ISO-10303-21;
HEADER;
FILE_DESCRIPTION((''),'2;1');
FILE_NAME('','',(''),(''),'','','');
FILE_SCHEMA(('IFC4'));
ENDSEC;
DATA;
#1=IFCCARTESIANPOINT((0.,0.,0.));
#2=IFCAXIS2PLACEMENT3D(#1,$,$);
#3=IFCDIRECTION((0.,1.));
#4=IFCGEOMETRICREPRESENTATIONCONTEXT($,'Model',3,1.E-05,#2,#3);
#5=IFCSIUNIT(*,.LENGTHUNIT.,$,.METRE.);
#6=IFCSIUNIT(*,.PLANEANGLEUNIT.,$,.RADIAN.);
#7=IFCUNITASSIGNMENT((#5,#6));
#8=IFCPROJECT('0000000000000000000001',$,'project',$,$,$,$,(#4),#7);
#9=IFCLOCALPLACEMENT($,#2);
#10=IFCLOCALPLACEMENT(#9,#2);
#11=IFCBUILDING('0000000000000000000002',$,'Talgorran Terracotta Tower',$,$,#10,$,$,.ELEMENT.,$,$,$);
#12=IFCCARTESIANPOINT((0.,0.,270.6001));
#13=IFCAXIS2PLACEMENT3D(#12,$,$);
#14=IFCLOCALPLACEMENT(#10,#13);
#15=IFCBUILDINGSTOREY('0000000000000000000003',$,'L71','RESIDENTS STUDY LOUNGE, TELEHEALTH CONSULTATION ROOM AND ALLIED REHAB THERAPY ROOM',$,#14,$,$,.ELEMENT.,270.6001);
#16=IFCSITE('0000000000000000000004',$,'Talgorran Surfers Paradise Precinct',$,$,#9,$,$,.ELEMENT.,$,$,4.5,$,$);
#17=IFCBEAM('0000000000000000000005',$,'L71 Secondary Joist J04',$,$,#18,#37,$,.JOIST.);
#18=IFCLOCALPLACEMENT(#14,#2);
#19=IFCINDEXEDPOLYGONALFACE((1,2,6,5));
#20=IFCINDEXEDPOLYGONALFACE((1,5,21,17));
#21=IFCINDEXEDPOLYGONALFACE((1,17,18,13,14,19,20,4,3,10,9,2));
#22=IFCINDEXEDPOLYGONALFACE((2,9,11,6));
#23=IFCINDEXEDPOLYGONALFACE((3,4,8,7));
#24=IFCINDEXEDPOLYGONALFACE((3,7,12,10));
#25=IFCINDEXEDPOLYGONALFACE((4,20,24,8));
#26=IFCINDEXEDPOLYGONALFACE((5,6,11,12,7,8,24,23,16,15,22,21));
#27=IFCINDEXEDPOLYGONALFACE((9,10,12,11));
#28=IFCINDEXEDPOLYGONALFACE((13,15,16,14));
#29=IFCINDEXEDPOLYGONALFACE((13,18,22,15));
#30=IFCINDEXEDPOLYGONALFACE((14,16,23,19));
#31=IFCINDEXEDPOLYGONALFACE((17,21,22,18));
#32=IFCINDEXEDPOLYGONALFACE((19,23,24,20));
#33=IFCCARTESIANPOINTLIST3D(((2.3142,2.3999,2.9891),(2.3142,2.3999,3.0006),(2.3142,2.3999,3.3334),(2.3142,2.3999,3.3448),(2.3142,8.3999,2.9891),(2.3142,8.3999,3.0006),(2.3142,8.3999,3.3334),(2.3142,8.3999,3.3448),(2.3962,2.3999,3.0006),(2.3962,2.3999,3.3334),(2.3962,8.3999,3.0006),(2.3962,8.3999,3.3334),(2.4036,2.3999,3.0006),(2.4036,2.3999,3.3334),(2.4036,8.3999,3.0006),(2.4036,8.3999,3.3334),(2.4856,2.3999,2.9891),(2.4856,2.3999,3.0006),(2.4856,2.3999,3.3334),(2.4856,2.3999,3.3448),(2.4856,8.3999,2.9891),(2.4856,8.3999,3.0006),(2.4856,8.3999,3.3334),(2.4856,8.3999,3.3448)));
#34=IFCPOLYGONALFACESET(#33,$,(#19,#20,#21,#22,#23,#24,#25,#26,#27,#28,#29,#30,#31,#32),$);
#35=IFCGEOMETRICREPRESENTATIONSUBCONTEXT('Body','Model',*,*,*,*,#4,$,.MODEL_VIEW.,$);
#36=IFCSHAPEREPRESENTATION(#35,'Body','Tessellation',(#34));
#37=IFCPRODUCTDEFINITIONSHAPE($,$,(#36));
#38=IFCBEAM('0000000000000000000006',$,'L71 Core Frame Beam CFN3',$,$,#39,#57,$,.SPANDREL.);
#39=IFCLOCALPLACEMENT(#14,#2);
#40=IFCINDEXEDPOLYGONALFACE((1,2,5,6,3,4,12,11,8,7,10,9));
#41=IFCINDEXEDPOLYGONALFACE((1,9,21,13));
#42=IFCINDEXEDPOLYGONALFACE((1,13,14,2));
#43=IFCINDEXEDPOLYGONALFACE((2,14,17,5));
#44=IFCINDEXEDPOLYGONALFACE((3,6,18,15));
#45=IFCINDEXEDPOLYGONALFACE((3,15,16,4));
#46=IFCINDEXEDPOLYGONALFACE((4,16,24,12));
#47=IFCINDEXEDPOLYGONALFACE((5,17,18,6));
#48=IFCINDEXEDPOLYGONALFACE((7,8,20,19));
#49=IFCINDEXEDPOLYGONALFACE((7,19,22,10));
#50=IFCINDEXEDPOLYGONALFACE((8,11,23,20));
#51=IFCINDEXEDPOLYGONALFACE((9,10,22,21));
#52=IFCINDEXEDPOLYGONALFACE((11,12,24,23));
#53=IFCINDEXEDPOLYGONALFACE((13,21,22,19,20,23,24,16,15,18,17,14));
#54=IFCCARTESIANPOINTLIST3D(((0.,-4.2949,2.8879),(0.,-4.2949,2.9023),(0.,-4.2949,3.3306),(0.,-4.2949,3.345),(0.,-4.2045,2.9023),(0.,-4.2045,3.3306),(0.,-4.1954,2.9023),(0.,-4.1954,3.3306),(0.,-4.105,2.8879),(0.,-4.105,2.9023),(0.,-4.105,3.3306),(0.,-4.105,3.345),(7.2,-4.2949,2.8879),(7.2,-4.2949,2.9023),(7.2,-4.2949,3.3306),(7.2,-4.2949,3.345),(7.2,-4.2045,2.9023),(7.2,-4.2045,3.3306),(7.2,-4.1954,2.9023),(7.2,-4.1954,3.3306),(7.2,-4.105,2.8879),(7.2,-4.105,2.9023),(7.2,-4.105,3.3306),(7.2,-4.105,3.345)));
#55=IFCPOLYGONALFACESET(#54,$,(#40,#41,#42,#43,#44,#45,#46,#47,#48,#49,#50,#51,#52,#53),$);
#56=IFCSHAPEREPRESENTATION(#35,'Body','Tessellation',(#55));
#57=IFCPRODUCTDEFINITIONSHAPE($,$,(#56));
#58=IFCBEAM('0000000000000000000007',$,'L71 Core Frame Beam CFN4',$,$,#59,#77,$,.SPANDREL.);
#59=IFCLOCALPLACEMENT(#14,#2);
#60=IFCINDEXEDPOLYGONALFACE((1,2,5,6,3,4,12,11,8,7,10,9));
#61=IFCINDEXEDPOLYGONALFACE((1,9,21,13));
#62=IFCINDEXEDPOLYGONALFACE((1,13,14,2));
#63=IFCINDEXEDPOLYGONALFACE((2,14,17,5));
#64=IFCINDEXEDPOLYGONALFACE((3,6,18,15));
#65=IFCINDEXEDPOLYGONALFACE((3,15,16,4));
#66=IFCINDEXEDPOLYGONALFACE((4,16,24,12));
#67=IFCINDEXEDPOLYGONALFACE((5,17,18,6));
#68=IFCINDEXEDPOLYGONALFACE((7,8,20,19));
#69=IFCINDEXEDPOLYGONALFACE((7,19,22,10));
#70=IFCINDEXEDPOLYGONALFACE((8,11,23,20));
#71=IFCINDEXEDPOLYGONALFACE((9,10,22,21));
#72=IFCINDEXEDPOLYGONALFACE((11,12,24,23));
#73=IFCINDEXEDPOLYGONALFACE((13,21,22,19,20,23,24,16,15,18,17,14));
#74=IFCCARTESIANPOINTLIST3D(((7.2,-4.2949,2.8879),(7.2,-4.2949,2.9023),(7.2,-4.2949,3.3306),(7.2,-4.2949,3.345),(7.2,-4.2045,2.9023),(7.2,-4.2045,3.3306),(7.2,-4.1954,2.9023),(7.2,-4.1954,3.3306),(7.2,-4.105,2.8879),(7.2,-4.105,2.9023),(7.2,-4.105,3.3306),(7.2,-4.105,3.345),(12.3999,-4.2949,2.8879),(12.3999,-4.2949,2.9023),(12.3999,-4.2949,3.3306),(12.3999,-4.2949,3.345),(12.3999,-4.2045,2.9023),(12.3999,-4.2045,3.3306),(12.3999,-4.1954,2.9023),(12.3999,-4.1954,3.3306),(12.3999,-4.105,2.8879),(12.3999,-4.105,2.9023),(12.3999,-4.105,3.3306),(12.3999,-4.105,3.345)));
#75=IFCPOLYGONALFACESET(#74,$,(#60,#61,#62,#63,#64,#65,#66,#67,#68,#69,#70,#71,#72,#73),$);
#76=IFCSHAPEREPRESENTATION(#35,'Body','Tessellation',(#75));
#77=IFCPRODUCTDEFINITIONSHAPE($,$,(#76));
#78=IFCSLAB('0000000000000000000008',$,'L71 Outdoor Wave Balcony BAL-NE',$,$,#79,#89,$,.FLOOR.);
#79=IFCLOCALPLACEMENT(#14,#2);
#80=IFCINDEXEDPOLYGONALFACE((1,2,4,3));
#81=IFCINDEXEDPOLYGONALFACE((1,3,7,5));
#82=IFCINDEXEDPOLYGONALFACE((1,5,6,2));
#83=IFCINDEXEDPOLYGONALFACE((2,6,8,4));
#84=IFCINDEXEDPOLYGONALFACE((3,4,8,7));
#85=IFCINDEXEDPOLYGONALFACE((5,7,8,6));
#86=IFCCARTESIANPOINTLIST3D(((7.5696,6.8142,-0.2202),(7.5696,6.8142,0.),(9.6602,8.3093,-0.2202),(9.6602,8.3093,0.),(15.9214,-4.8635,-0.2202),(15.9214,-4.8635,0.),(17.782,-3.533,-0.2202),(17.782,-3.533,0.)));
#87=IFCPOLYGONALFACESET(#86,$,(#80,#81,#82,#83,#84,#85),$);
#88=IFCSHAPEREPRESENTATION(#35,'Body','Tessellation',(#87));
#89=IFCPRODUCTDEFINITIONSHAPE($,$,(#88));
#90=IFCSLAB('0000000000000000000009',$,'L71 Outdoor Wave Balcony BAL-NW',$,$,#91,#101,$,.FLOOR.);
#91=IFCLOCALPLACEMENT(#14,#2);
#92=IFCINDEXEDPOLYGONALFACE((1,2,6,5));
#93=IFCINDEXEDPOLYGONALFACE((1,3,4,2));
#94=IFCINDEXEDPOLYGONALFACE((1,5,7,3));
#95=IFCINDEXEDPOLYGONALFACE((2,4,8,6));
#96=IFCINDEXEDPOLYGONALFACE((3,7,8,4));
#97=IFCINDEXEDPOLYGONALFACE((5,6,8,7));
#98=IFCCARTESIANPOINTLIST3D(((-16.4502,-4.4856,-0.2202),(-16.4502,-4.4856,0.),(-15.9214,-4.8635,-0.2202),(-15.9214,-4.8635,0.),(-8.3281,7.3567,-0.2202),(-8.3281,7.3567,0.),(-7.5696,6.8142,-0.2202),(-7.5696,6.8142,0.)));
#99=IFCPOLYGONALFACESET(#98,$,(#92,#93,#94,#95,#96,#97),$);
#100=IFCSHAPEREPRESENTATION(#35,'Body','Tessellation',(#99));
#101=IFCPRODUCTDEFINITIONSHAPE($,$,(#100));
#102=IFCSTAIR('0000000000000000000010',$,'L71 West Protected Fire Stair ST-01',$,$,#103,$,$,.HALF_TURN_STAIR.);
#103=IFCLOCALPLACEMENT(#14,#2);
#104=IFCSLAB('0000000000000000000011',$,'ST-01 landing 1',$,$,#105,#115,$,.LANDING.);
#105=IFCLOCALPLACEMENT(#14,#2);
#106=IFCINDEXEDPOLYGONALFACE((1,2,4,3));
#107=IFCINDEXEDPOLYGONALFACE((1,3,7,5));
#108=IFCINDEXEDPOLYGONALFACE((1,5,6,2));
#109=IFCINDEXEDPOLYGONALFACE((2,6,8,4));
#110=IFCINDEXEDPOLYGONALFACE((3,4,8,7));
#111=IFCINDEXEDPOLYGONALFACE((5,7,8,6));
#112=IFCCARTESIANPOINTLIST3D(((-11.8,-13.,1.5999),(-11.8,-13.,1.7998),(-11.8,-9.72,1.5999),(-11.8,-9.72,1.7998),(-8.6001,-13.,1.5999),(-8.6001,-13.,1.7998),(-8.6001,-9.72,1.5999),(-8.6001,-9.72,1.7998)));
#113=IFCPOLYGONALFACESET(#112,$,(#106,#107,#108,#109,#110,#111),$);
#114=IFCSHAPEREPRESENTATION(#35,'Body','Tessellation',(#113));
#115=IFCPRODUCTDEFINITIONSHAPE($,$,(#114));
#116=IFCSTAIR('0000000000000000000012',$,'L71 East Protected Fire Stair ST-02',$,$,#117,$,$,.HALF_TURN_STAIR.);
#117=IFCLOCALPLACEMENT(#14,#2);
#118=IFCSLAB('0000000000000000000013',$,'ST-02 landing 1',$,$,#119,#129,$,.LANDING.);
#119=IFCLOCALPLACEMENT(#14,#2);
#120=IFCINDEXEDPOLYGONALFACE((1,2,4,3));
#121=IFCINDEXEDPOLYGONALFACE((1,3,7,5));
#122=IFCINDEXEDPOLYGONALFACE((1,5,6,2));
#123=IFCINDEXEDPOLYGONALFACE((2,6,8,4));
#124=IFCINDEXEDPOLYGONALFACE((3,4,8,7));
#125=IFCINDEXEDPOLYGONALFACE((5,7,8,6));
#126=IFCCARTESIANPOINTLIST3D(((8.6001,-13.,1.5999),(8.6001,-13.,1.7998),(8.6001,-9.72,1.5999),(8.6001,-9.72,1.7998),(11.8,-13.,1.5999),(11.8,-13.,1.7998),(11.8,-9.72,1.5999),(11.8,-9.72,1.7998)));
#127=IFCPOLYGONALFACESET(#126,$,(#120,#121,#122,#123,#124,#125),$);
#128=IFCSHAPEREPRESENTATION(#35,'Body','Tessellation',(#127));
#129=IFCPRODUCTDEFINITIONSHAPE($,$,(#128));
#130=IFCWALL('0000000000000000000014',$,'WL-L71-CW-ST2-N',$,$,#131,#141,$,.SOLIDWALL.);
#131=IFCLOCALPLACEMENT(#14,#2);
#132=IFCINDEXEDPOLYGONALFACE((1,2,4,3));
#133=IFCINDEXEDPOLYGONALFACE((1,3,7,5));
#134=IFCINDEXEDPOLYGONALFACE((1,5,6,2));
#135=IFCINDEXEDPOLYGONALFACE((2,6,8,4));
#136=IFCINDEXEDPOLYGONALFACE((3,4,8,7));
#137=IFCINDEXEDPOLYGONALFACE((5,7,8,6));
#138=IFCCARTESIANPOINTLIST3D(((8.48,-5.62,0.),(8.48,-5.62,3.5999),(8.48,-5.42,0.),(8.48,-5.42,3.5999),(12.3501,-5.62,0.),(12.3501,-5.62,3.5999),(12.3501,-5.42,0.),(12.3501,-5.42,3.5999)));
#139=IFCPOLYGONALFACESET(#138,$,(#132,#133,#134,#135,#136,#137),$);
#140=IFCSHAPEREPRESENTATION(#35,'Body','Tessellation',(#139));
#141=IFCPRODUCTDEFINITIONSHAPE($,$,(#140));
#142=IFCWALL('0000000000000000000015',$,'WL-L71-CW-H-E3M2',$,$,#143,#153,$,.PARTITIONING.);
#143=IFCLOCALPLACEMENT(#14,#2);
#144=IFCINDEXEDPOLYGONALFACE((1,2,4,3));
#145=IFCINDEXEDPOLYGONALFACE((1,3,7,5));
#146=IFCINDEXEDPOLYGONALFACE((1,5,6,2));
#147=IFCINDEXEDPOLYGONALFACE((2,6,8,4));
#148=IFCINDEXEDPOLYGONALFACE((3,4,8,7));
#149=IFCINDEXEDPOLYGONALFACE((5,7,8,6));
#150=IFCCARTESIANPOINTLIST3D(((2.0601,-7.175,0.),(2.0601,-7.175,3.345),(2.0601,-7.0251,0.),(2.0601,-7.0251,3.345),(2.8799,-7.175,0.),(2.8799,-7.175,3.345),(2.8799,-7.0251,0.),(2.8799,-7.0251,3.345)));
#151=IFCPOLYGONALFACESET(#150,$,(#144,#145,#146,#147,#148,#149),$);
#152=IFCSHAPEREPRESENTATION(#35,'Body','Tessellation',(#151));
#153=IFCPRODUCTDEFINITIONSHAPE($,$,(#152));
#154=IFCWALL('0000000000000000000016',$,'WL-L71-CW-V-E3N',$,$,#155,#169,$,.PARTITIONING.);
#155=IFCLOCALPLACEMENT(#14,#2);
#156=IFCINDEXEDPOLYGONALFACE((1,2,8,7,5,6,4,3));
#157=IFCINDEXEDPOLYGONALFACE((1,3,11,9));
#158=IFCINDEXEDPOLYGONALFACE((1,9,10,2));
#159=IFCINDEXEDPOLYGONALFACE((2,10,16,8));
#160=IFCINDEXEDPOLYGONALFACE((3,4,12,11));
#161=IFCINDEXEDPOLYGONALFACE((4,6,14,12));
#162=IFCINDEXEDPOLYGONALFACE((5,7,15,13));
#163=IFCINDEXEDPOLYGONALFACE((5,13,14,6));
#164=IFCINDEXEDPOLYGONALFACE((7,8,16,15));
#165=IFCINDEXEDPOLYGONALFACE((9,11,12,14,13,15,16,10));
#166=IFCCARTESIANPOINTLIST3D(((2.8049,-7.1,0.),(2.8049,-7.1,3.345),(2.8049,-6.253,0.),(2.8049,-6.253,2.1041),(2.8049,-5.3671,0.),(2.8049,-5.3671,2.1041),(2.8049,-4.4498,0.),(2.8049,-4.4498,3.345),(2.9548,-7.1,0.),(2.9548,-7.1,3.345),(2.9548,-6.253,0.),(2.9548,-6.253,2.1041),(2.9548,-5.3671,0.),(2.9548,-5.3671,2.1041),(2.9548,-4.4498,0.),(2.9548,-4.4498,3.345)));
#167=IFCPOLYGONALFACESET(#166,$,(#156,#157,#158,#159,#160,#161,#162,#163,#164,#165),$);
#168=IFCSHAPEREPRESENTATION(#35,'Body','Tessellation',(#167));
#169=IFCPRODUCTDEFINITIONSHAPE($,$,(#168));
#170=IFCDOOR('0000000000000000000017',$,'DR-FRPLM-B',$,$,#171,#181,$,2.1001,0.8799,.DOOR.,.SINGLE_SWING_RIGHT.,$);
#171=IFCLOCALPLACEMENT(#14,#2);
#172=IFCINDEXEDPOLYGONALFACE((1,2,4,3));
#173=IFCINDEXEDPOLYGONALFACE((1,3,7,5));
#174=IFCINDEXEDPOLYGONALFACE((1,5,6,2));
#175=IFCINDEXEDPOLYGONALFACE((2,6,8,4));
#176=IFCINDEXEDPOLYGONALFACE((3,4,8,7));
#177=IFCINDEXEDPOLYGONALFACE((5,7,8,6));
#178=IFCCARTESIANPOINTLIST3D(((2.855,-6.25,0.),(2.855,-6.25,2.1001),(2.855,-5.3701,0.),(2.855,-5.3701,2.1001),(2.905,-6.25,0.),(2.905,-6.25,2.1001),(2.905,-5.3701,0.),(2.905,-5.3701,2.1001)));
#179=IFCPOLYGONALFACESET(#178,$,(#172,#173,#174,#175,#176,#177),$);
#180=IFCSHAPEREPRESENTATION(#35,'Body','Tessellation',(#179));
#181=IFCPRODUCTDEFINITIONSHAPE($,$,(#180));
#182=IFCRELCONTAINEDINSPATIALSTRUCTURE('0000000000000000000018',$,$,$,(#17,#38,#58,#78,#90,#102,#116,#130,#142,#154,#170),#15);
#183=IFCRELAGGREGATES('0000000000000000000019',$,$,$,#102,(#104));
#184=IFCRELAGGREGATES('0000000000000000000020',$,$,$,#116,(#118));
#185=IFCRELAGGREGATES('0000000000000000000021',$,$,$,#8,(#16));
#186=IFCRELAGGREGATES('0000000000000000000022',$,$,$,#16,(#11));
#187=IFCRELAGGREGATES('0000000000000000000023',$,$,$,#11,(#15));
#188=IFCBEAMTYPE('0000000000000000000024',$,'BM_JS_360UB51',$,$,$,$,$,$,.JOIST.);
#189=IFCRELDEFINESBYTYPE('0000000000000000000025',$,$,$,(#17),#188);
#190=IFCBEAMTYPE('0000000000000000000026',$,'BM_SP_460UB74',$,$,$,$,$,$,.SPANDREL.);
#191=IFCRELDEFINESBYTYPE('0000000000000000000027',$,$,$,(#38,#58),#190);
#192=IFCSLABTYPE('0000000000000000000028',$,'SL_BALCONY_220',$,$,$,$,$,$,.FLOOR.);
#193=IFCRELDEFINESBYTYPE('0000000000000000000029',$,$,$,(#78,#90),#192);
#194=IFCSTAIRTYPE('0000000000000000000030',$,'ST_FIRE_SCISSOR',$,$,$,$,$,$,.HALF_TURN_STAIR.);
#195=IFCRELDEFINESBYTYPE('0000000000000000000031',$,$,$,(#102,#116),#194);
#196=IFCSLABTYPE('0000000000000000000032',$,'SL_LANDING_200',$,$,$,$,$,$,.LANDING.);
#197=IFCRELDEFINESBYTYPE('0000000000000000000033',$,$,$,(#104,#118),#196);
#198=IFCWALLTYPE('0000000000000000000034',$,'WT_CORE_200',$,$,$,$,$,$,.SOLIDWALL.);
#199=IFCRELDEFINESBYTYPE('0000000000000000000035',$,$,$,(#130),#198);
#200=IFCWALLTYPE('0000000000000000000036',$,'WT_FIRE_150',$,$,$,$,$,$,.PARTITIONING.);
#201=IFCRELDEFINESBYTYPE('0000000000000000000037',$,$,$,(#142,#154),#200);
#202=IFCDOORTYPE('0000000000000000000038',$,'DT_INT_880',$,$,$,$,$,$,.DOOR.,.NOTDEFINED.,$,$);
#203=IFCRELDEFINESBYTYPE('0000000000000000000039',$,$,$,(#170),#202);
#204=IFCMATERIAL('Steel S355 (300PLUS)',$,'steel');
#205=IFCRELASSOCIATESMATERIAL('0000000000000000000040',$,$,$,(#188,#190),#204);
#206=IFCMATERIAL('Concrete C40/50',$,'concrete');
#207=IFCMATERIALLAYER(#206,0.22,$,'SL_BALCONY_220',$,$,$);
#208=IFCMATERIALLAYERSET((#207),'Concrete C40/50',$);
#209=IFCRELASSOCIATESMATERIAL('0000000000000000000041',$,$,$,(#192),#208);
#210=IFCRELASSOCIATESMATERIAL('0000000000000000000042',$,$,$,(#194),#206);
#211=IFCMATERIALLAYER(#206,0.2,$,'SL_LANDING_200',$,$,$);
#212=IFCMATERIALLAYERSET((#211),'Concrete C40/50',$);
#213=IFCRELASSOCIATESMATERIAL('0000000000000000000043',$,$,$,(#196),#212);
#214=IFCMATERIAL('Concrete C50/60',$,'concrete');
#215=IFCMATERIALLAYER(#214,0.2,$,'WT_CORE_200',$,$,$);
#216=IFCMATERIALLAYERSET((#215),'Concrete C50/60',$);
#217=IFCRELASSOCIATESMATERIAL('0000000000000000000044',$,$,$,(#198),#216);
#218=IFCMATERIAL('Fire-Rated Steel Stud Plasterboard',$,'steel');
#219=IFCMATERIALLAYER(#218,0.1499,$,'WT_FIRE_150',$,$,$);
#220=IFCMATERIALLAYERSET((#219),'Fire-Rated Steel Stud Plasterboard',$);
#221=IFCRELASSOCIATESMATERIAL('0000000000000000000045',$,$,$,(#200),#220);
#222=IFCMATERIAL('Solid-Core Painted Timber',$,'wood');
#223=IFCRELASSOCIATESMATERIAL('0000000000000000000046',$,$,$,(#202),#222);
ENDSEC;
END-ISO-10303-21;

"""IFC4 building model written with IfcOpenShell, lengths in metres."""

from ifc_helpers import new_model, si_unit, direction, frame, frame_2d, origin, origin_2d, place, context, subcontext, project, spatial, polyline, rectangle, i_section, outline, extrude, material, layer, layer_set, material_profile, profile_set, type_object, element, fill, aggregate, save


model = new_model("IFC4")

# Units and contexts
model_context = context("Model", 3, precision=1e-05, world=origin(), true_north=direction((0.0, 1.0)))
body_context = subcontext(model_context, "Body", "Model", "MODEL_VIEW")
ifc_project = project(units=[si_unit("LENGTHUNIT", "METRE"), si_unit("PLANEANGLEUNIT", "RADIAN")], contexts=[model_context])

# Site, building, storey
site_placement = place(None, origin())
site = spatial("IfcSite", under=ifc_project, at=site_placement, Name="Talgorran Surfers Paradise Precinct", CompositionType="ELEMENT", RefElevation=4.5)
building_placement = place(site_placement, origin())
building = spatial("IfcBuilding", under=site, at=building_placement, Name="Talgorran Terracotta Tower", CompositionType="ELEMENT")
storey_placement = place(building_placement, frame((0.0, 0.0, 270.6001)))
storey = spatial("IfcBuildingStorey", under=building, at=storey_placement, Name="L71", Description="RESIDENTS STUDY LOUNGE, TELEHEALTH CONSULTATION ROOM AND ALLIED REHAB THERAPY ROOM", CompositionType="ELEMENT", Elevation=270.6001)

# Shared definitions
ifc_material_1 = material(Name="Steel S355 (300PLUS)", Category="steel")

# Beams
ifc_material_profile_1 = material_profile(ifc_material_1, i_section(OverallWidth=0.1714, OverallDepth=0.3557, WebThickness=0.0073, FlangeThickness=0.0115, at=origin_2d()), Name="360UB50.7")
ifc_profile_set_1 = profile_set([ifc_material_profile_1], Name="Steel S355 (300PLUS)")
beam_type_1 = type_object("IfcBeamType", Name="BM_JS_360UB51", PredefinedType="JOIST", material=ifc_profile_set_1)
beam_1_placement = place(storey_placement, frame((2.3999, 2.3999, 3.167), z_axis=(0.0, 1.0, 0.0), x_axis=(-1.0, 0.0, 0.0)))
element("IfcBeam", 1, at=beam_1_placement, inside=storey, type_object=beam_type_1, Name="L71 Secondary Joist J04", PredefinedType="JOIST", context=body_context, shape_type="SweptSolid", body=[
    extrude(i_section(OverallWidth=0.1714, OverallDepth=0.3557, WebThickness=0.0073, FlangeThickness=0.0115, at=origin_2d()), origin(), (0.0, 0.0, 1.0), 6.0),
])
ifc_material_profile_2 = material_profile(ifc_material_1, i_section(OverallWidth=0.1899, OverallDepth=0.457, WebThickness=0.009, FlangeThickness=0.0144, at=origin_2d()), Name="460UB74.6")
ifc_profile_set_2 = profile_set([ifc_material_profile_2], Name="Steel S355 (300PLUS)")
beam_type_2 = type_object("IfcBeamType", Name="BM_SP_460UB74", PredefinedType="SPANDREL", material=ifc_profile_set_2)
beam_2_placement = place(storey_placement, frame((0.0, -4.2, 3.1165), z_axis=(1.0, 0.0, 0.0), x_axis=(0.0, 1.0, 0.0)))
element("IfcBeam", 2, at=beam_2_placement, inside=storey, type_object=beam_type_2, Name="L71 Core Frame Beam CFN3", PredefinedType="SPANDREL", context=body_context, shape_type="SweptSolid", body=[
    extrude(i_section(OverallWidth=0.1899, OverallDepth=0.457, WebThickness=0.009, FlangeThickness=0.0144, at=origin_2d()), origin(), (0.0, 0.0, 1.0), 7.2),
])
beam_3_placement = place(storey_placement, frame((7.2, -4.2, 3.1165), z_axis=(1.0, 0.0, 0.0), x_axis=(0.0, 1.0, 0.0)))
element("IfcBeam", 3, at=beam_3_placement, inside=storey, type_object=beam_type_2, Name="L71 Core Frame Beam CFN4", PredefinedType="SPANDREL", context=body_context, shape_type="SweptSolid", body=[
    extrude(i_section(OverallWidth=0.1899, OverallDepth=0.457, WebThickness=0.009, FlangeThickness=0.0144, at=origin_2d()), origin(), (0.0, 0.0, 1.0), 5.2),
])

# Slabs
ifc_material_2 = material(Name="Concrete C40/50", Category="concrete")
ifc_layer_1 = layer(ifc_material_2, 0.22, Name="SL_BALCONY_220")
ifc_layer_set_1 = layer_set([ifc_layer_1], Name="Concrete C40/50")
slab_type_1 = type_object("IfcSlabType", Name="SL_BALCONY_220", PredefinedType="FLOOR", material=ifc_layer_set_1)
slab_1_placement = place(storey_placement, frame((0.0, 0.0, -0.2202)))
element("IfcSlab", 4, at=slab_1_placement, inside=storey, type_object=slab_type_1, Name="L71 Outdoor Wave Balcony BAL-NE", PredefinedType="FLOOR", context=body_context, shape_type="SweptSolid", body=[
    extrude(outline(polyline([(7.5696, 6.8142), (15.9214, -4.8635), (17.782, -3.533), (9.6602, 8.3093), (7.5696, 6.8142)])), origin(), (0.0, 0.0, 1.0), 0.2202),
])
slab_2_placement = place(storey_placement, frame((0.0, 0.0, -0.2202)))
element("IfcSlab", 5, at=slab_2_placement, inside=storey, type_object=slab_type_1, Name="L71 Outdoor Wave Balcony BAL-NW", PredefinedType="FLOOR", context=body_context, shape_type="SweptSolid", body=[
    extrude(outline(polyline([(-15.9214, -4.8635), (-7.5696, 6.8142), (-8.3281, 7.3567), (-16.4502, -4.4856), (-15.9214, -4.8635)])), origin(), (0.0, 0.0, 1.0), 0.2202),
])

# Stairs, slabs
stair_type = type_object("IfcStairType", Name="ST_FIRE_SCISSOR", PredefinedType="HALF_TURN_STAIR", material=ifc_material_2)
stair_1_placement = place(storey_placement, origin())
stair_1 = element("IfcStair", 6, at=stair_1_placement, inside=storey, type_object=stair_type, Name="L71 West Protected Fire Stair ST-01", PredefinedType="HALF_TURN_STAIR")
ifc_layer_2 = layer(ifc_material_2, 0.2, Name="SL_LANDING_200")
ifc_layer_set_2 = layer_set([ifc_layer_2], Name="Concrete C40/50")
slab_type_2 = type_object("IfcSlabType", Name="SL_LANDING_200", PredefinedType="LANDING", material=ifc_layer_set_2)
slab_3_placement = place(storey_placement, frame((0.0, 0.0, 1.5999)))
slab_3 = element("IfcSlab", 7, at=slab_3_placement, type_object=slab_type_2, Name="ST-01 landing 1", PredefinedType="LANDING", context=body_context, shape_type="SweptSolid", body=[
    extrude(outline(polyline([(-11.8, -9.72), (-11.8, -13.0), (-8.6001, -13.0), (-8.6001, -9.72), (-11.8, -9.72)])), origin(), (0.0, 0.0, 1.0), 0.2),
])
aggregate(stair_1, [slab_3])
stair_2_placement = place(storey_placement, origin())
stair_2 = element("IfcStair", 8, at=stair_2_placement, inside=storey, type_object=stair_type, Name="L71 East Protected Fire Stair ST-02", PredefinedType="HALF_TURN_STAIR")
slab_4_placement = place(storey_placement, frame((0.0, 0.0, 1.5999)))
slab_4 = element("IfcSlab", 9, at=slab_4_placement, type_object=slab_type_2, Name="ST-02 landing 1", PredefinedType="LANDING", context=body_context, shape_type="SweptSolid", body=[
    extrude(outline(polyline([(8.6001, -9.72), (8.6001, -13.0), (11.8, -13.0), (11.8, -9.72), (8.6001, -9.72)])), origin(), (0.0, 0.0, 1.0), 0.2),
])
aggregate(stair_2, [slab_4])

# Walls
ifc_material_3 = material(Name="Concrete C50/60", Category="concrete")
ifc_layer_3 = layer(ifc_material_3, 0.2, Name="WT_CORE_200")
ifc_layer_set_3 = layer_set([ifc_layer_3], Name="Concrete C50/60")
wall_type_1 = type_object("IfcWallType", Name="WT_CORE_200", PredefinedType="SOLIDWALL", material=ifc_layer_set_3)
wall_1_placement = place(storey_placement, frame((8.48, -5.52, 0.0), z_axis=(0.0, 0.0, 1.0), x_axis=(1.0, 0.0, 0.0)))
element("IfcWall", 10, at=wall_1_placement, inside=storey, type_object=wall_type_1, Name="WL-L71-CW-ST2-N", PredefinedType="SOLIDWALL", context=body_context, shape_type="SweptSolid", body=[
    extrude(rectangle(XDim=3.8701, YDim=0.2, at=frame_2d((1.9351, 0.0))), origin(), (0.0, 0.0, 1.0), 3.5999),
])
ifc_material_4 = material(Name="Fire-Rated Steel Stud Plasterboard", Category="steel")
ifc_layer_4 = layer(ifc_material_4, 0.1499, Name="WT_FIRE_150")
ifc_layer_set_4 = layer_set([ifc_layer_4], Name="Fire-Rated Steel Stud Plasterboard")
wall_type_2 = type_object("IfcWallType", Name="WT_FIRE_150", PredefinedType="PARTITIONING", material=ifc_layer_set_4)
wall_2_placement = place(storey_placement, frame((2.0601, -7.1001, 0.0), z_axis=(0.0, 0.0, 1.0), x_axis=(1.0, 0.0, 0.0)))
element("IfcWall", 11, at=wall_2_placement, inside=storey, type_object=wall_type_2, Name="WL-L71-CW-H-E3M2", PredefinedType="PARTITIONING", context=body_context, shape_type="SweptSolid", body=[
    extrude(rectangle(XDim=0.8198, YDim=0.1499, at=frame_2d((0.4099, 0.0))), origin(), (0.0, 0.0, 1.0), 3.345),
])

# Wall, opening, door
wall_3_placement = place(storey_placement, frame((2.8799, -7.1001, 0.0), z_axis=(0.0, 0.0, 1.0), x_axis=(0.0, 1.0, 0.0)))
wall_3 = element("IfcWall", 12, at=wall_3_placement, inside=storey, type_object=wall_type_2, Name="WL-L71-CW-V-E3N", PredefinedType="PARTITIONING", context=body_context, shape_type="SweptSolid", body=[
    extrude(rectangle(XDim=2.6501, YDim=0.1499, at=frame_2d((1.3252, 0.0))), origin(), (0.0, 0.0, 1.0), 3.345),
])
opening_placement = place(wall_3_placement, frame((0.8501, 0.0, 0.0)))
opening = element("IfcOpeningElement", 13, at=opening_placement, cuts=wall_3, PredefinedType="OPENING", context=body_context, shape_type="SweptSolid", body=[
    extrude(rectangle(XDim=0.8859, YDim=2.1041, at=frame_2d((0.4399, 1.052))), frame((0.0, 0.085, 0.0), z_axis=(0.0, -1.0, 0.0), x_axis=(1.0, 0.0, 0.0)), (0.0, 0.0, 1.0), 0.1699),
])
ifc_material_5 = material(Name="Solid-Core Painted Timber", Category="wood")
door_type = type_object("IfcDoorType", Name="DT_INT_880", OperationType="NOTDEFINED", PredefinedType="DOOR", material=ifc_material_5)
door_placement = place(opening_placement, origin())
door = element("IfcDoor", 14, at=door_placement, inside=storey, type_object=door_type, Name="DR-FRPLM-B", OperationType="SINGLE_SWING_RIGHT", OverallHeight=2.1001, OverallWidth=0.8799, PredefinedType="DOOR", context=body_context, shape_type="SweptSolid", body=[
    extrude(rectangle(XDim=0.8799, YDim=2.1001, at=frame_2d((0.4399, 1.05))), frame((0.0, 0.0249, 0.0), z_axis=(0.0, -1.0, 0.0), x_axis=(1.0, 0.0, 0.0)), (0.0, 0.0, 1.0), 0.05),
])
fill(opening, door)

save(model, "model.ifc")
